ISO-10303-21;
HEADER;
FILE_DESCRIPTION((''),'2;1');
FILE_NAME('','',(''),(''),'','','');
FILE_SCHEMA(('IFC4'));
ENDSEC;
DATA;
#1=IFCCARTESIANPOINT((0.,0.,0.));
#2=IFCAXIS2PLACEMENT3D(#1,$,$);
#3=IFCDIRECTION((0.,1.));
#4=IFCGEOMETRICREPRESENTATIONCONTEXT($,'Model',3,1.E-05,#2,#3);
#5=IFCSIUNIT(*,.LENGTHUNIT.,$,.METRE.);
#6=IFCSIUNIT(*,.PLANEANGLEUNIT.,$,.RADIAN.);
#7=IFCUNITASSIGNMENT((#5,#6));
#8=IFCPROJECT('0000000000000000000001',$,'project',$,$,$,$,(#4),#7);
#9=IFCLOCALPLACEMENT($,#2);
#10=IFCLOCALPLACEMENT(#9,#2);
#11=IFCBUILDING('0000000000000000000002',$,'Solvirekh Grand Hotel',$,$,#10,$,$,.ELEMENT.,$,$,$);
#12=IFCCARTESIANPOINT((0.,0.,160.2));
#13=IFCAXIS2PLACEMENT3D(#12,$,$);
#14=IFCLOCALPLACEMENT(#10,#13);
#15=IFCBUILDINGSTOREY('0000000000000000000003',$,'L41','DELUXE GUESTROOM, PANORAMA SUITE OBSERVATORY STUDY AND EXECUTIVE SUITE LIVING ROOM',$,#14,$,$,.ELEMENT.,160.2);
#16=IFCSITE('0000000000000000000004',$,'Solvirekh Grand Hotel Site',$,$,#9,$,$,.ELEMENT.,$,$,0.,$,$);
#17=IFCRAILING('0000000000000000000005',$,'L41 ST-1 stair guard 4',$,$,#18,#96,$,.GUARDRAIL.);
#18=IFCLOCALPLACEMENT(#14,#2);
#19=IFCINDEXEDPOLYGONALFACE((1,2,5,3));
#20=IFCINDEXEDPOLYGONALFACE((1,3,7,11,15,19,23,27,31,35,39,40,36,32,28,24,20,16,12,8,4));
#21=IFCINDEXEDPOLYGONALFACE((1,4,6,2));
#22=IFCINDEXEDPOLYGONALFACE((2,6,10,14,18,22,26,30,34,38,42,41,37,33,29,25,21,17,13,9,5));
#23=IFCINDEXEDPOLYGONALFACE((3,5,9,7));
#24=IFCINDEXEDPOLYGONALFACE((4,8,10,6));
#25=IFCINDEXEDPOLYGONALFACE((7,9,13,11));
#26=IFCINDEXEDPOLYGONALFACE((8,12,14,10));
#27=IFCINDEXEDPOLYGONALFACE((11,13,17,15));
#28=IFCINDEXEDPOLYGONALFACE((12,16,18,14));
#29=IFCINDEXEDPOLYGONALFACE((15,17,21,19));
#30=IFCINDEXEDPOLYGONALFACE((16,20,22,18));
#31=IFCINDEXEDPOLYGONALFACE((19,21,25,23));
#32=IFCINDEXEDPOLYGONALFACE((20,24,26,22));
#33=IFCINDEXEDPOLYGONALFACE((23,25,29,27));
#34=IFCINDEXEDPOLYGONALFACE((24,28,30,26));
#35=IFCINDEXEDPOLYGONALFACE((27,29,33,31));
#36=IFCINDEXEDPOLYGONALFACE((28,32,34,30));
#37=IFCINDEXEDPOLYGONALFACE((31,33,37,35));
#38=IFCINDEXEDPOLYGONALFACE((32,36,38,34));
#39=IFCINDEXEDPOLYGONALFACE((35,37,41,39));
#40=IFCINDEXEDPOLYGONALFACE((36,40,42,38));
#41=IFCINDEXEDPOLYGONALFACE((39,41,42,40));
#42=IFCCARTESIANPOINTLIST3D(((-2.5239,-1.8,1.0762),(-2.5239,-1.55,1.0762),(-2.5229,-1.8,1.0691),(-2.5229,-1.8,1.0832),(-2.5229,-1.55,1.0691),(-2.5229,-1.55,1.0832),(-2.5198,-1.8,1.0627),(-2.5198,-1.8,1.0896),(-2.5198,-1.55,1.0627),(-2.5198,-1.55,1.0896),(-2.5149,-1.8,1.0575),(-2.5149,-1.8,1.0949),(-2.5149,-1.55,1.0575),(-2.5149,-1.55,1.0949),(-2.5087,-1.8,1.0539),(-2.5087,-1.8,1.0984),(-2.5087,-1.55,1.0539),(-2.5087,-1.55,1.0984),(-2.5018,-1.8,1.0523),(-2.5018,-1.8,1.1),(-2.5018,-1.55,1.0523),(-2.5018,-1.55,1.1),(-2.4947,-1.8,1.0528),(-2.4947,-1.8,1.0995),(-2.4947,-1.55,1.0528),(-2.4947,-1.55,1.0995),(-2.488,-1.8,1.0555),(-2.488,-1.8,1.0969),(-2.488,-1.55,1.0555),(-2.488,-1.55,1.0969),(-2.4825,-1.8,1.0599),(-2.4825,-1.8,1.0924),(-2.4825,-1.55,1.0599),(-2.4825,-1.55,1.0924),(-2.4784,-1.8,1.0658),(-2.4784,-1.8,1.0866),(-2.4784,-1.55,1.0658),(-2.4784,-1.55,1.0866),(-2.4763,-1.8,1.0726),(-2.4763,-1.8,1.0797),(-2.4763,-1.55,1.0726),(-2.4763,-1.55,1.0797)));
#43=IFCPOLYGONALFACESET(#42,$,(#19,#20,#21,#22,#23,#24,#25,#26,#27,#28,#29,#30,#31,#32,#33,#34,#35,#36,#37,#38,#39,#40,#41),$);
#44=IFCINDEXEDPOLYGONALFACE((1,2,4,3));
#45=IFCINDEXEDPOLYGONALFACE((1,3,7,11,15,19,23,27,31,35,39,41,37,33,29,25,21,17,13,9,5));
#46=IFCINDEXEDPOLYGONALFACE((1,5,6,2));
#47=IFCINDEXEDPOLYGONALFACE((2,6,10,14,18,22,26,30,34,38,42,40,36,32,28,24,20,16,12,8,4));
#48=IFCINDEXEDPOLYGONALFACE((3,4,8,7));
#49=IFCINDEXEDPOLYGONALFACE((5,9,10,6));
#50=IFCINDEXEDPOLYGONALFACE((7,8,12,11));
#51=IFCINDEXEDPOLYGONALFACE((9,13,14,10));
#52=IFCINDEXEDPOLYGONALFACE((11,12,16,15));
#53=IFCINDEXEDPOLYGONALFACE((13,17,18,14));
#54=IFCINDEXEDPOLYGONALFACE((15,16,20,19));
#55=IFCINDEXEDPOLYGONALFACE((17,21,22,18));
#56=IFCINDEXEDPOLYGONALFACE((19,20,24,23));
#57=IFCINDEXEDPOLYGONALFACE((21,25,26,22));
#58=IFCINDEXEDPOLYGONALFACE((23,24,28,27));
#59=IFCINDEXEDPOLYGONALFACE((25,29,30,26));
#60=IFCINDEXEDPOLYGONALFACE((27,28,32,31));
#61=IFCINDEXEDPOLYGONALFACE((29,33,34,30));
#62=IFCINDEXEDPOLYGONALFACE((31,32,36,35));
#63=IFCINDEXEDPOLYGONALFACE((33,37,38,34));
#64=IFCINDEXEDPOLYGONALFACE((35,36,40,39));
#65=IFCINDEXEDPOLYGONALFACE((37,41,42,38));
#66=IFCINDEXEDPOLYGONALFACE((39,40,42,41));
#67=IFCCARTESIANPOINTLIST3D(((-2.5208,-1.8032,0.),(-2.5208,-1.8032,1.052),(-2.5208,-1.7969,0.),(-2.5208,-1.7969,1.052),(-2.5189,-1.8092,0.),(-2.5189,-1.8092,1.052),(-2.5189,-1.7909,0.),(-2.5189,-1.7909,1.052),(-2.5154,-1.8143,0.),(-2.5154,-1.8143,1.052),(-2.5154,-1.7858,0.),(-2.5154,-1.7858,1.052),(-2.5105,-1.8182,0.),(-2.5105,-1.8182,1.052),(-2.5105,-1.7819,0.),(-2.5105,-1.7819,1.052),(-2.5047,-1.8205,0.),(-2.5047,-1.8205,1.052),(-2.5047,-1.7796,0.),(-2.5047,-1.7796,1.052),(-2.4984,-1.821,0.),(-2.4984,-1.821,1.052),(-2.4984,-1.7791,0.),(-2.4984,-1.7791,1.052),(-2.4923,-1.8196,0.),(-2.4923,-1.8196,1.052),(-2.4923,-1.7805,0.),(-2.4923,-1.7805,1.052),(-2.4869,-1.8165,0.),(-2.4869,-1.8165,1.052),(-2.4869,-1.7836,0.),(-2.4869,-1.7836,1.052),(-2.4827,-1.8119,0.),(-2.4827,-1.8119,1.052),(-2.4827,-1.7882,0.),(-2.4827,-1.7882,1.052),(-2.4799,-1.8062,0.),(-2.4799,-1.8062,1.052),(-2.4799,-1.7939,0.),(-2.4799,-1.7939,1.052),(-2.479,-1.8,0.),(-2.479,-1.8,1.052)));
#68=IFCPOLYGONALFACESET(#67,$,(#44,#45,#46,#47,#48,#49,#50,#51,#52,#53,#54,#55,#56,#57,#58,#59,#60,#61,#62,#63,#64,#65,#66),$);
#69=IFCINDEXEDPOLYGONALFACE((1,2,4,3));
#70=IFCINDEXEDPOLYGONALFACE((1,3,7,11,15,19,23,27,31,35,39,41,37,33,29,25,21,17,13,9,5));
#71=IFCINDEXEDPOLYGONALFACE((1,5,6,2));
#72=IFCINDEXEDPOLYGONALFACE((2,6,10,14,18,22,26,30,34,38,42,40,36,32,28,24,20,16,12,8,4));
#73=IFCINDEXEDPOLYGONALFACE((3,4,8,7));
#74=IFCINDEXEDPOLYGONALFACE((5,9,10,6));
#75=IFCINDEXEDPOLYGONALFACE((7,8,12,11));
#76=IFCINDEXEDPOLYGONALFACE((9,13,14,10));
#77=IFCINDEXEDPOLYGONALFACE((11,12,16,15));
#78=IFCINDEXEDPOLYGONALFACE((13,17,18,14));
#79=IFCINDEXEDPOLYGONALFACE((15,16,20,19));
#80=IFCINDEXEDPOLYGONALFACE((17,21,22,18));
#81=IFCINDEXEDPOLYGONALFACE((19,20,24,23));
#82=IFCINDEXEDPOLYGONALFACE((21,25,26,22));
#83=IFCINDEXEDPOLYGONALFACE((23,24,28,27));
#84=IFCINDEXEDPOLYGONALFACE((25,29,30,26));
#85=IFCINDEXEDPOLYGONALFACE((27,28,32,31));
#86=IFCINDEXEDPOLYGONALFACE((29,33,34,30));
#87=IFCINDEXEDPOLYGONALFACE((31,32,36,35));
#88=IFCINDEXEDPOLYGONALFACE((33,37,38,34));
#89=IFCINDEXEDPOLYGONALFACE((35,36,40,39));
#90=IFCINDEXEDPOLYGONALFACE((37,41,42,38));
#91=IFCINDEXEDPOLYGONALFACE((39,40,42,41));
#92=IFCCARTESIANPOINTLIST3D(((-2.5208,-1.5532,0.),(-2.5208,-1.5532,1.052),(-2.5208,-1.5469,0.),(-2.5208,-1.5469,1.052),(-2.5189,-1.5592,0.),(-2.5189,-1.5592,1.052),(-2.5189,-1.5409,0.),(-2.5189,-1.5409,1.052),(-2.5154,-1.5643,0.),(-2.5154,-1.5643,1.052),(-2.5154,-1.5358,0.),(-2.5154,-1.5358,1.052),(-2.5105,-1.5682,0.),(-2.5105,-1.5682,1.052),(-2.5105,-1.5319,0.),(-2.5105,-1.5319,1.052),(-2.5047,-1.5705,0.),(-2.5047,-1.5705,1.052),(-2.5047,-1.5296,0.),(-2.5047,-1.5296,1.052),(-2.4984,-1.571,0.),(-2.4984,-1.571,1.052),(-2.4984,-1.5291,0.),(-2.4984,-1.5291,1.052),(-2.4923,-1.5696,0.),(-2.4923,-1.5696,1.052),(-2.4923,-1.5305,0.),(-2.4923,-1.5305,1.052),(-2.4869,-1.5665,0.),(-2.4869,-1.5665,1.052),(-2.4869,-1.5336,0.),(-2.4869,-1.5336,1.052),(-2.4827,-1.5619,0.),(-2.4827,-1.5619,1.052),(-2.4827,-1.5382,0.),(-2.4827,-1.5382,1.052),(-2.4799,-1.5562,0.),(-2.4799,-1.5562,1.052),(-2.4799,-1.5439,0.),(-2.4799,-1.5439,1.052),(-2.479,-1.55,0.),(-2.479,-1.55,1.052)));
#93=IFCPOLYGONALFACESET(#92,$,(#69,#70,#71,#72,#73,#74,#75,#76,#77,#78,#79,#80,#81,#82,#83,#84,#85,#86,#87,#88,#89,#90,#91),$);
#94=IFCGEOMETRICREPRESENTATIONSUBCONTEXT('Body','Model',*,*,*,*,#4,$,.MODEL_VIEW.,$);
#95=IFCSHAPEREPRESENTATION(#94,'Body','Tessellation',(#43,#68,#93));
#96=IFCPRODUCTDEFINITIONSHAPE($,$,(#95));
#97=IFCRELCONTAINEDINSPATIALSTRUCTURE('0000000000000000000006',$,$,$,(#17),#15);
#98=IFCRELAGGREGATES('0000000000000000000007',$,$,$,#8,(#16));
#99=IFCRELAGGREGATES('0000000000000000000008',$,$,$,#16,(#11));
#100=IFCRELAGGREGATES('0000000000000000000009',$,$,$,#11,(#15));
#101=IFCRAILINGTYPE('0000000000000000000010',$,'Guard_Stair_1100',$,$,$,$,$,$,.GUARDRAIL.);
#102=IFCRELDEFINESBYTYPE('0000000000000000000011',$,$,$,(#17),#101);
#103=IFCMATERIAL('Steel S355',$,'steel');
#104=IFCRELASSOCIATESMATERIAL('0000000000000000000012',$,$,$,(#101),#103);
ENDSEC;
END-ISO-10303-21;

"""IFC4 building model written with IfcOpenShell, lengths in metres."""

from ifc_helpers import new_model, si_unit, direction, frame, origin, origin_2d, place, context, subcontext, project, spatial, circle, extrude, material, type_object, element, save


model = new_model("IFC4")

# Units and contexts
model_context = context("Model", 3, precision=1e-05, world=origin(), true_north=direction((0.0, 1.0)))
body_context = subcontext(model_context, "Body", "Model", "MODEL_VIEW")
ifc_project = project(units=[si_unit("LENGTHUNIT", "METRE"), si_unit("PLANEANGLEUNIT", "RADIAN")], contexts=[model_context])

# Site, building, storey
site_placement = place(None, origin())
site = spatial("IfcSite", under=ifc_project, at=site_placement, Name="Solvirekh Grand Hotel Site", CompositionType="ELEMENT", RefElevation=0.0)
building_placement = place(site_placement, origin())
building = spatial("IfcBuilding", under=site, at=building_placement, Name="Solvirekh Grand Hotel", CompositionType="ELEMENT")
storey_placement = place(building_placement, frame((0.0, 0.0, 160.2)))
storey = spatial("IfcBuildingStorey", under=building, at=storey_placement, Name="L41", Description="DELUXE GUESTROOM, PANORAMA SUITE OBSERVATORY STUDY AND EXECUTIVE SUITE LIVING ROOM", CompositionType="ELEMENT", Elevation=160.2)

# Railing
ifc_material_1 = material(Name="Steel S355", Category="steel")
railing_type_1 = type_object("IfcRailingType", Name="Guard_Stair_1100", PredefinedType="GUARDRAIL", material=ifc_material_1)
railing_1_placement = place(storey_placement, frame((-2.5, -1.8, 0.0)))
element("IfcRailing", 1, at=railing_1_placement, inside=storey, type_object=railing_type_1, Name="L41 ST-1 stair guard 4", PredefinedType="GUARDRAIL", context=body_context, shape_type="SweptSolid", body=[
    extrude(circle(Radius=0.0239, at=origin_2d()), frame((0.0, 0.0, 1.0762), z_axis=(0.0, 1.0, 0.0), x_axis=(-1.0, 0.0, 0.0)), (0.0, 0.0, 1.0), 0.25),
    extrude(circle(Radius=0.021, at=origin_2d()), origin(), (0.0, 0.0, 1.0), 1.052),
    extrude(circle(Radius=0.021, at=origin_2d()), frame((0.0, 0.25, 0.0)), (0.0, 0.0, 1.0), 1.052),
])

save(model, "model.ifc")
